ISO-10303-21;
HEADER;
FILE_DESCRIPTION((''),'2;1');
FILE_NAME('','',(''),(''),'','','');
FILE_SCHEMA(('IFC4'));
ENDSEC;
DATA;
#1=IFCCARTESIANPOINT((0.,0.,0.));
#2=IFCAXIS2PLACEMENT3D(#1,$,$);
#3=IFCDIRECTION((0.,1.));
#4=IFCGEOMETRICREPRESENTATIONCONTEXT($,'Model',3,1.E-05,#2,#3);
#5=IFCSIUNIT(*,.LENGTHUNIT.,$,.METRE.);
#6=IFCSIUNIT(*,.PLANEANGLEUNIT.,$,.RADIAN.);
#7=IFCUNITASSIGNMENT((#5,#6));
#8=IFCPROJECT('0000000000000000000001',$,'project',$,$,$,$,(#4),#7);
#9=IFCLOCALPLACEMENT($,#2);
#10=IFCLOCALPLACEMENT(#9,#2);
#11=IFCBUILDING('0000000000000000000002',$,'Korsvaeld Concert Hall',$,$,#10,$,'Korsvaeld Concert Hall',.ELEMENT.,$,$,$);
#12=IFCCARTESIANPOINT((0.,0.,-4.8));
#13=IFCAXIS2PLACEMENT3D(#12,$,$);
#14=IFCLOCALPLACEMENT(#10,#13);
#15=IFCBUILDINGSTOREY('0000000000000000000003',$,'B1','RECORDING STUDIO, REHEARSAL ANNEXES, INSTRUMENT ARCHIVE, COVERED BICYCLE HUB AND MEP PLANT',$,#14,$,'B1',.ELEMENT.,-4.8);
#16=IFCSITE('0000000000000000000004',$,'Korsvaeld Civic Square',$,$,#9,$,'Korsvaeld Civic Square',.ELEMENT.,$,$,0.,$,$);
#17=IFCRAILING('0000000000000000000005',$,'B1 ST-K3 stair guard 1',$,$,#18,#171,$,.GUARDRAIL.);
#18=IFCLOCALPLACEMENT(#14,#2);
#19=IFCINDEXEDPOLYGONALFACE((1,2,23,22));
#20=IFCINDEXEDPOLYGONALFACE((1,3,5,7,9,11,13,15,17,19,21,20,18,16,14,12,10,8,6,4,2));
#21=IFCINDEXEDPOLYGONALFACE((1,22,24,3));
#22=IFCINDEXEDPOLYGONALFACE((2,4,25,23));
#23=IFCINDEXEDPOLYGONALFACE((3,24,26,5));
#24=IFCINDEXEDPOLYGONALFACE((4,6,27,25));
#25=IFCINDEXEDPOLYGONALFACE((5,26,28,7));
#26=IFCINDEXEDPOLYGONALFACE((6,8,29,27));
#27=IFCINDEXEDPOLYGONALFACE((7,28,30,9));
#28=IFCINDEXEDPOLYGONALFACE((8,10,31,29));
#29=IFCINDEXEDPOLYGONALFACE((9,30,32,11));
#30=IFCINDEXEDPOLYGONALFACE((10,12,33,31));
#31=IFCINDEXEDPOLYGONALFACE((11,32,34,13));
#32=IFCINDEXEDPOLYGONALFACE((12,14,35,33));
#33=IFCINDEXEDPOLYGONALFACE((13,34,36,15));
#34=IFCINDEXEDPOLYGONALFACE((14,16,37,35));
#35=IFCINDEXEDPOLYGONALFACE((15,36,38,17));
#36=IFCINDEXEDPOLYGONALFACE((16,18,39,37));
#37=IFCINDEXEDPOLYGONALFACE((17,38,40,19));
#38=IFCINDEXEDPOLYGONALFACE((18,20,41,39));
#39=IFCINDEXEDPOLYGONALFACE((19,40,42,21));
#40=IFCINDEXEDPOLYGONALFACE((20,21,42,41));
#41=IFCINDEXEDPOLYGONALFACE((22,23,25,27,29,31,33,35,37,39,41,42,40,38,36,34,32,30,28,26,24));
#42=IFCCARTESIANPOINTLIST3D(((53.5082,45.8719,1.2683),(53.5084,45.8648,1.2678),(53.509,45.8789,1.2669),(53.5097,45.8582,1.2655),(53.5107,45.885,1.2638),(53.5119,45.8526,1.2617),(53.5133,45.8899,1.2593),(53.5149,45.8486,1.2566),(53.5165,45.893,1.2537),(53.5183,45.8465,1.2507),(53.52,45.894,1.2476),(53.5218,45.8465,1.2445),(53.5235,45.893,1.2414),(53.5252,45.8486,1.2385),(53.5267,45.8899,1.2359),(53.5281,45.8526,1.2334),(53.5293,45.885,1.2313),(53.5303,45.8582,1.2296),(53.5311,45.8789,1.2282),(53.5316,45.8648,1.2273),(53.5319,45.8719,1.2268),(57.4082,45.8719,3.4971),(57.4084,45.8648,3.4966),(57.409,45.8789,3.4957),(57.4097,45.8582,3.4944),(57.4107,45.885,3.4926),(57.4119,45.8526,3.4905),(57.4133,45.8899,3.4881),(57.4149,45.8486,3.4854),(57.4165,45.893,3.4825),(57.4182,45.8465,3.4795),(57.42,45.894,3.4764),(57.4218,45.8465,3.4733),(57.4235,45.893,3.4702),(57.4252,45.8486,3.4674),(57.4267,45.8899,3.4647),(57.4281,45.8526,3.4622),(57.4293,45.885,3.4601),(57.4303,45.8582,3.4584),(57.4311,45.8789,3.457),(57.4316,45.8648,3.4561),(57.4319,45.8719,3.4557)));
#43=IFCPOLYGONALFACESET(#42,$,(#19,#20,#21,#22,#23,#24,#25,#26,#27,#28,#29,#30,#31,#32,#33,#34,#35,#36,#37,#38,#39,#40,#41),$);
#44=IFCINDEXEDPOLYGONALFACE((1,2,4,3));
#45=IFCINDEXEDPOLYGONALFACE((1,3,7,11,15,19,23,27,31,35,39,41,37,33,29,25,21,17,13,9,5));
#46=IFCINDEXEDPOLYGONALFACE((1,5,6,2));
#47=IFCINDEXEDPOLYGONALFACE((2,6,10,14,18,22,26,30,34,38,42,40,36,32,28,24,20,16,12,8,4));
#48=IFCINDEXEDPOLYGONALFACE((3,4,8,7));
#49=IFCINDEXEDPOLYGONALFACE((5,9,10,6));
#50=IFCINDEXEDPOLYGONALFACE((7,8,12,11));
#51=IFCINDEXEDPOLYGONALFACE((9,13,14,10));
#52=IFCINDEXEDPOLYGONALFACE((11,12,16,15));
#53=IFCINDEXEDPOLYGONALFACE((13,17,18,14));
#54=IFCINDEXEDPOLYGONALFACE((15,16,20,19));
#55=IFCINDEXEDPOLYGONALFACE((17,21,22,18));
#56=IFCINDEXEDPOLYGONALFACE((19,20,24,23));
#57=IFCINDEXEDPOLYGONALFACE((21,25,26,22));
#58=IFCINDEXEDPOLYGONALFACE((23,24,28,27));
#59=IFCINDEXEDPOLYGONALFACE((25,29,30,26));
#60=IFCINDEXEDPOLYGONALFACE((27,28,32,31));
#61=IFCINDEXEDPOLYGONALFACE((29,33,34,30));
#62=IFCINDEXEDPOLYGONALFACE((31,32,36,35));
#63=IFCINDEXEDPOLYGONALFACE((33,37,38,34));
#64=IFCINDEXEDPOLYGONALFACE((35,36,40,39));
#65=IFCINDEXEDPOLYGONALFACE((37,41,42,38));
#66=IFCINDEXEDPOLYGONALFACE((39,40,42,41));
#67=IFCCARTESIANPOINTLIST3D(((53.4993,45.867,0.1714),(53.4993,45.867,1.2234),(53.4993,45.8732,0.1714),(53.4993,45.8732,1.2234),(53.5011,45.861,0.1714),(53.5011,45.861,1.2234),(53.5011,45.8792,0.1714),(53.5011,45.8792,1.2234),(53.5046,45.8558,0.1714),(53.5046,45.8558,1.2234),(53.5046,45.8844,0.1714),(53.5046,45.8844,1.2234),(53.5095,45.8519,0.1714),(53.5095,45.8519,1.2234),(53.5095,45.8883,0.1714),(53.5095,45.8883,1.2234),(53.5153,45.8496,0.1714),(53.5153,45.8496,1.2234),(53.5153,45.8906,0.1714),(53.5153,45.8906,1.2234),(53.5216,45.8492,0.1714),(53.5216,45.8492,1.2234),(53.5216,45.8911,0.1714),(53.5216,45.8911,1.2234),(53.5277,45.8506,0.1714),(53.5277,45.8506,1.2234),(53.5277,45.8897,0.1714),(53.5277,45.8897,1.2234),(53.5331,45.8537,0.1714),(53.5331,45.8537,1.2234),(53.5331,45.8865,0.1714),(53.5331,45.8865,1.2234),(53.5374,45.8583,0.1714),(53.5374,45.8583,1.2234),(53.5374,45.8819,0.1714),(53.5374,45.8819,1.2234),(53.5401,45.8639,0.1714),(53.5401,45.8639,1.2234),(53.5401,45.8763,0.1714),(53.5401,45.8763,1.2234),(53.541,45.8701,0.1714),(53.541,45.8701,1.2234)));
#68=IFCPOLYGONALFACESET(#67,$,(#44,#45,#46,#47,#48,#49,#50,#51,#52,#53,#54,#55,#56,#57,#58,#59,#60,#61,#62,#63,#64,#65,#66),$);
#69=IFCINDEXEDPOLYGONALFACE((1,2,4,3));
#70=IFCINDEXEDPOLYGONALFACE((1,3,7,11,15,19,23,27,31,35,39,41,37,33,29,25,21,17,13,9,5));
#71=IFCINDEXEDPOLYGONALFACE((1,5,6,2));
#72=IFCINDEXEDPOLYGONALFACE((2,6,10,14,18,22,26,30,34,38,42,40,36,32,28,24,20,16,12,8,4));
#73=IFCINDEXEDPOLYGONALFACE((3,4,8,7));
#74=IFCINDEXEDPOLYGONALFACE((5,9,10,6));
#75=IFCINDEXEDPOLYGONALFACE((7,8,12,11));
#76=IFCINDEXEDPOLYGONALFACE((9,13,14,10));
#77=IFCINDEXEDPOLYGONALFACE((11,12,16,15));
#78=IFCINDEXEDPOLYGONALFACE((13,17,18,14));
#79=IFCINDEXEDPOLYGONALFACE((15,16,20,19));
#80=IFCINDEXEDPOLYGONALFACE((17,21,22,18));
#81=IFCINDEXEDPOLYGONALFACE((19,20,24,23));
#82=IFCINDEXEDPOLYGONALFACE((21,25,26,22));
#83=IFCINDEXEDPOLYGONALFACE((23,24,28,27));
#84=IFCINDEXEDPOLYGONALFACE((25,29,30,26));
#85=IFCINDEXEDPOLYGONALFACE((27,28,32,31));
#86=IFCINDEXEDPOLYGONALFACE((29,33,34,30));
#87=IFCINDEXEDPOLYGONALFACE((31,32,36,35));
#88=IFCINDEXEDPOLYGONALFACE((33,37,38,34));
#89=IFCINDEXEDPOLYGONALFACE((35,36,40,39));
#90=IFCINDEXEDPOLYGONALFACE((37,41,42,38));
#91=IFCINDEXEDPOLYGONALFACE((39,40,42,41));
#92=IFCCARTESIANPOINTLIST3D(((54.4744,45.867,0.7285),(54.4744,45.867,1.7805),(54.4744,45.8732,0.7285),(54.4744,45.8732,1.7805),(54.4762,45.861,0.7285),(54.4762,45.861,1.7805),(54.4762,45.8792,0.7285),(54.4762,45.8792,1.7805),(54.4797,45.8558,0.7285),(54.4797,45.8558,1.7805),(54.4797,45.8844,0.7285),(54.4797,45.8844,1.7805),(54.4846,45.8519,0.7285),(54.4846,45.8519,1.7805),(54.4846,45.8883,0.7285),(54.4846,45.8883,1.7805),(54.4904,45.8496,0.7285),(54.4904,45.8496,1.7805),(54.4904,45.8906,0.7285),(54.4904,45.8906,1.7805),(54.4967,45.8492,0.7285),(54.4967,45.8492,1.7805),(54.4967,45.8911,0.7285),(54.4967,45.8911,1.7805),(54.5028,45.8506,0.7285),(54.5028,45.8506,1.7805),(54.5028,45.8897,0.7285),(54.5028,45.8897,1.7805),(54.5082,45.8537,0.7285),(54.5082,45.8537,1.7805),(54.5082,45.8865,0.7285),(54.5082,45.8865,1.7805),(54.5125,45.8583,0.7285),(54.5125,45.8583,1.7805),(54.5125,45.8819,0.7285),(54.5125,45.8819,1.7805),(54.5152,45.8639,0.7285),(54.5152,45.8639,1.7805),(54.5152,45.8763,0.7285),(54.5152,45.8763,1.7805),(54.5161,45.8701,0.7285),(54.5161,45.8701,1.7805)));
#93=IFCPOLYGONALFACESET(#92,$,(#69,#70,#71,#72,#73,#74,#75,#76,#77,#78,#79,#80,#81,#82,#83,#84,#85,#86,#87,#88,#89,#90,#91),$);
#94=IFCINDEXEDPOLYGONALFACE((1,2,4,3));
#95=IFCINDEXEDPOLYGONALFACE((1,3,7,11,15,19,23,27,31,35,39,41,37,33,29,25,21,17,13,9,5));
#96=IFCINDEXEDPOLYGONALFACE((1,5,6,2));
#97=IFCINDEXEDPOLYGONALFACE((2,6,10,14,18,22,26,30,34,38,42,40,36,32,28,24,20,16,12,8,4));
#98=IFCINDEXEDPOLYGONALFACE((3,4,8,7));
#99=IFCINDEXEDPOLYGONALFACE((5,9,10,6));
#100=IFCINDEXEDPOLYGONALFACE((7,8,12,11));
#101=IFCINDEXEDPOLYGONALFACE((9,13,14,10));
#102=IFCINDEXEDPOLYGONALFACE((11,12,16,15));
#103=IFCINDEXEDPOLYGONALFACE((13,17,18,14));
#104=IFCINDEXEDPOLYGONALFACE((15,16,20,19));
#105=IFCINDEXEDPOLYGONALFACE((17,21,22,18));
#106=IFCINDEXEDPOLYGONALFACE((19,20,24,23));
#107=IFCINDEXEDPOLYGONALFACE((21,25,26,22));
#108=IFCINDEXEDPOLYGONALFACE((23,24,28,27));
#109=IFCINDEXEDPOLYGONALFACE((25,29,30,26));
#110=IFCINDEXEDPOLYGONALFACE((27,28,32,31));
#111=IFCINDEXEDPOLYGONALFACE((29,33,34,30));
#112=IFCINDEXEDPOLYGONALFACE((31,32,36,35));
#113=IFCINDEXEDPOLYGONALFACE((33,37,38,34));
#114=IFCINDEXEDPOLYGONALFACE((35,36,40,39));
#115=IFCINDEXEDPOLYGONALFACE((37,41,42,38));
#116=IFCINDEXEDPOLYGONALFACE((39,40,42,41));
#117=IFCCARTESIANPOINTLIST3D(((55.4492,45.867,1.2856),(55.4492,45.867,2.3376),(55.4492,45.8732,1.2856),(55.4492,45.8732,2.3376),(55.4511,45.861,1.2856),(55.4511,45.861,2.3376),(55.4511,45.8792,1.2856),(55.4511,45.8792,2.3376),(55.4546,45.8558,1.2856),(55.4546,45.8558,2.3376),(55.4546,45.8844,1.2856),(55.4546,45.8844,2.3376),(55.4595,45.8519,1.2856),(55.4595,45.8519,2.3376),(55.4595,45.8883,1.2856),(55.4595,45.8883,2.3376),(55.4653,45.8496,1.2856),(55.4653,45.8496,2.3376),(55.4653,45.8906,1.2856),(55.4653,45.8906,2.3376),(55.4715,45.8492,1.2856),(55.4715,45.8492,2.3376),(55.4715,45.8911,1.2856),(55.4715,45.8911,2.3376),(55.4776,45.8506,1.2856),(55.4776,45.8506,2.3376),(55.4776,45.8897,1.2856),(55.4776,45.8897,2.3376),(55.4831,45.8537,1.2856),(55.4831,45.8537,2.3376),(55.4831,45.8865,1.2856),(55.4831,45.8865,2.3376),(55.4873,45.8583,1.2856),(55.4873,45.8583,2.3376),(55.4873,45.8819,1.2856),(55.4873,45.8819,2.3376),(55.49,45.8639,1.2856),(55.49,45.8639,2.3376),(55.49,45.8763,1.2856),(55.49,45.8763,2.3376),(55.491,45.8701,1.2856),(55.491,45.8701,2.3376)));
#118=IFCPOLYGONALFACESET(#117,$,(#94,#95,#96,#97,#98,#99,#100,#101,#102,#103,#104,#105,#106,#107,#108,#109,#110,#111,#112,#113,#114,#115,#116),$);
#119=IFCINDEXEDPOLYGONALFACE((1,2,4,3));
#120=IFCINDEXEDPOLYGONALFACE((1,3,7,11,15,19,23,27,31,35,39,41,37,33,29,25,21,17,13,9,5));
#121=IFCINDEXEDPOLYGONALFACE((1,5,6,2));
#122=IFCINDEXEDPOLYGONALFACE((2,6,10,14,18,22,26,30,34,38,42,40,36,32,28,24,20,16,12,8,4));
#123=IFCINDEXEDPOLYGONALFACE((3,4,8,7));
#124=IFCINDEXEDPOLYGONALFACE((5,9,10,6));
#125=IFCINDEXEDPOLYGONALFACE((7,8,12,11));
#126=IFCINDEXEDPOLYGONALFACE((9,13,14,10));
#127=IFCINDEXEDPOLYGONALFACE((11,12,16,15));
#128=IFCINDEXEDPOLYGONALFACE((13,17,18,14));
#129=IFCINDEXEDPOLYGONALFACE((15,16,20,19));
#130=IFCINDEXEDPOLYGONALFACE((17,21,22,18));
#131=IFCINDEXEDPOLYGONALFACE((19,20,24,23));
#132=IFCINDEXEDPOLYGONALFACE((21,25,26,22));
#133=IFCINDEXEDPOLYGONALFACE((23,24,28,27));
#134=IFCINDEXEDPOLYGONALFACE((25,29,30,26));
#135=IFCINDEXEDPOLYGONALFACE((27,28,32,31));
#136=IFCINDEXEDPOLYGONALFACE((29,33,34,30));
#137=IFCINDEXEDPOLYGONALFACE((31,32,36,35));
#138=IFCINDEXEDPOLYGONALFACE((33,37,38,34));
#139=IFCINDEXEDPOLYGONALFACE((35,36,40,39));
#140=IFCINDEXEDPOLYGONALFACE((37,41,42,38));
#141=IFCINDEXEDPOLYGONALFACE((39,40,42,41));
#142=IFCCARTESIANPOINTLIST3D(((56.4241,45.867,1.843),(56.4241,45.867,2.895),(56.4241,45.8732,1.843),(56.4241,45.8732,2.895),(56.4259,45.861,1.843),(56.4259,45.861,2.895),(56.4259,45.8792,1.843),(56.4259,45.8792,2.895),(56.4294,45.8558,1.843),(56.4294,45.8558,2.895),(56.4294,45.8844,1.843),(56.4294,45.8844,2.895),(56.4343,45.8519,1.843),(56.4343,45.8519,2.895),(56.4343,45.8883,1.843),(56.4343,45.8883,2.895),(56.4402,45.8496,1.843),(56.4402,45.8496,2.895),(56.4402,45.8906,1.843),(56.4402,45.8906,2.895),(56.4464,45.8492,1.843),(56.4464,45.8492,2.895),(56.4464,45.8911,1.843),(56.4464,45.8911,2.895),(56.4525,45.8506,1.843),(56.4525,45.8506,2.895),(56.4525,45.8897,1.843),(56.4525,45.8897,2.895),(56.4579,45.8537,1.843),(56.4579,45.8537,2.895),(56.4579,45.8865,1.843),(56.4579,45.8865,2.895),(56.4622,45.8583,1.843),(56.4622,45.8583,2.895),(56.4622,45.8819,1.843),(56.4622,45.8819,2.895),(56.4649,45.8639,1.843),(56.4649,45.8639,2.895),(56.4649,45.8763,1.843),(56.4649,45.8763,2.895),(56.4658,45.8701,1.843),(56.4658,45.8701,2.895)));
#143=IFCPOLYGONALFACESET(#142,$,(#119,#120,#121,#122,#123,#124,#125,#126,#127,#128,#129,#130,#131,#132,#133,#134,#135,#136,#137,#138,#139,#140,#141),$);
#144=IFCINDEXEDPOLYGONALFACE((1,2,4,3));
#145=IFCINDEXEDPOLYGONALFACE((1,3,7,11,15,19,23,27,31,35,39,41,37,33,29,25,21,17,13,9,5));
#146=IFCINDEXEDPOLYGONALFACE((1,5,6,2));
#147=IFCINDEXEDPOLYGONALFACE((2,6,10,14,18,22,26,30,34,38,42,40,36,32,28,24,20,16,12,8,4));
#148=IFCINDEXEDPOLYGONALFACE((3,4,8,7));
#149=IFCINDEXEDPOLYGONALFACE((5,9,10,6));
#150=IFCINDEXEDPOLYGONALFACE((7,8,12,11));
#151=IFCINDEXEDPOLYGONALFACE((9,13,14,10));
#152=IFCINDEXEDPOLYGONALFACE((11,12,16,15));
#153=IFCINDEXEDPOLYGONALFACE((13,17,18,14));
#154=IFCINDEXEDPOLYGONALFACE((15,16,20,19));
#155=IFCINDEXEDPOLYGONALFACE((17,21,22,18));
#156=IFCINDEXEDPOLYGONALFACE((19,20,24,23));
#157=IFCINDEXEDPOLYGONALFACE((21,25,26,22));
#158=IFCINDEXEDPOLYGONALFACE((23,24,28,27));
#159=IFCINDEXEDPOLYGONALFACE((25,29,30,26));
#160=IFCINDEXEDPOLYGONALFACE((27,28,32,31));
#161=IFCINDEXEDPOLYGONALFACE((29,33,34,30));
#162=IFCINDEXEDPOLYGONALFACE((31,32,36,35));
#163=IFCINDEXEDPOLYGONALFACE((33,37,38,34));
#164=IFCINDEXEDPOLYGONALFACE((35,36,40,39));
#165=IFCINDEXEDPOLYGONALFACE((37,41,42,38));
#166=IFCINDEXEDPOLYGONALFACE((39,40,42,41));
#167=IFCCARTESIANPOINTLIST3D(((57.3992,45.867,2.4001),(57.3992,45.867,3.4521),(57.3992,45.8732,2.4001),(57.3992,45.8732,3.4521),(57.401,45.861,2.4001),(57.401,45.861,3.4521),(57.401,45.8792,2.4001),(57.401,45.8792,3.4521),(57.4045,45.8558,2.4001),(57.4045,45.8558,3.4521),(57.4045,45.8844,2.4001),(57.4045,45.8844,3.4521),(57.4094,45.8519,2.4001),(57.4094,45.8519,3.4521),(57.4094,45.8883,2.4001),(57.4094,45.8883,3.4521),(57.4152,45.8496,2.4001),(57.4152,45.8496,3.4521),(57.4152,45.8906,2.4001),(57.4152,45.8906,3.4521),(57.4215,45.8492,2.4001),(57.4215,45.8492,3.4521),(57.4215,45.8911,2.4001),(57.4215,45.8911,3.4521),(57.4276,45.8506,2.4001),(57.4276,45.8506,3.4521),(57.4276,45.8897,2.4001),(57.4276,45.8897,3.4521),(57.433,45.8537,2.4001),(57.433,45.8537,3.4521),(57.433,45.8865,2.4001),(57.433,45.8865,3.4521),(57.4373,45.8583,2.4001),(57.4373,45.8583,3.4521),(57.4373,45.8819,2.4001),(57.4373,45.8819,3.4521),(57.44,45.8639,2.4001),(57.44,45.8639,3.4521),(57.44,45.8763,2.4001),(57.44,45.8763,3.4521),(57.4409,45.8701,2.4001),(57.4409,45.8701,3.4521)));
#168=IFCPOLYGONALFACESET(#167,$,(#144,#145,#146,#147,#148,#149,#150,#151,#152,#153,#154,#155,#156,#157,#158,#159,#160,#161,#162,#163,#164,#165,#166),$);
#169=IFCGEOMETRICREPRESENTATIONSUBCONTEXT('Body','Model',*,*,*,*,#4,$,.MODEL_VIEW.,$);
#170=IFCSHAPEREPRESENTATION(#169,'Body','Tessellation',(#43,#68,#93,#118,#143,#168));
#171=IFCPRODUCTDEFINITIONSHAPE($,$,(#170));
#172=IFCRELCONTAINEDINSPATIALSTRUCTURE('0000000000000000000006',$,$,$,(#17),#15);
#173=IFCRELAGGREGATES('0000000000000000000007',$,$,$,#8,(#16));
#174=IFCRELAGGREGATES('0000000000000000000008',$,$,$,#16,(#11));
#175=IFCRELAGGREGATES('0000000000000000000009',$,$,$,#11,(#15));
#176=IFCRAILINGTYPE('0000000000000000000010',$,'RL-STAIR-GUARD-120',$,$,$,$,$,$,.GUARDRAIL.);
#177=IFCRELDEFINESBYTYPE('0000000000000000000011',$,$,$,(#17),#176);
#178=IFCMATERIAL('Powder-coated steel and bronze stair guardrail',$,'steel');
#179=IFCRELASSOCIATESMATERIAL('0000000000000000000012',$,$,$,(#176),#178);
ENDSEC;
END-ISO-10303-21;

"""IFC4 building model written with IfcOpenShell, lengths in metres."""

from ifc_helpers import new_model, si_unit, direction, frame, origin, origin_2d, place, context, subcontext, project, spatial, circle, extrude, material, type_object, element, save


model = new_model("IFC4")

# Units and contexts
model_context = context("Model", 3, precision=1e-05, world=origin(), true_north=direction((0.0, 1.0)))
body_context = subcontext(model_context, "Body", "Model", "MODEL_VIEW")
ifc_project = project(units=[si_unit("LENGTHUNIT", "METRE"), si_unit("PLANEANGLEUNIT", "RADIAN")], contexts=[model_context])

# Site, building, storey
site_placement = place(None, origin())
site = spatial("IfcSite", under=ifc_project, at=site_placement, Name="Korsvaeld Civic Square", LongName="Korsvaeld Civic Square", CompositionType="ELEMENT", RefElevation=0.0)
building_placement = place(site_placement, origin())
building = spatial("IfcBuilding", under=site, at=building_placement, Name="Korsvaeld Concert Hall", LongName="Korsvaeld Concert Hall", CompositionType="ELEMENT")
storey_placement = place(building_placement, frame((0.0, 0.0, -4.8)))
storey = spatial("IfcBuildingStorey", under=building, at=storey_placement, Name="B1", Description="RECORDING STUDIO, REHEARSAL ANNEXES, INSTRUMENT ARCHIVE, COVERED BICYCLE HUB AND MEP PLANT", LongName="B1", CompositionType="ELEMENT", Elevation=-4.8)

# Railing
ifc_material_1 = material(Name="Powder-coated steel and bronze stair guardrail", Category="steel")
railing_type_1 = type_object("IfcRailingType", Name="RL-STAIR-GUARD-120", PredefinedType="GUARDRAIL", material=ifc_material_1)
railing_1_placement = place(storey_placement, frame((53.52, 45.8701, 0.1714)))
element("IfcRailing", 1, at=railing_1_placement, inside=storey, type_object=railing_type_1, Name="B1 ST-K3 stair guard 1", PredefinedType="GUARDRAIL", context=body_context, shape_type="SweptSolid", body=[
    extrude(circle(Radius=0.0239, at=origin_2d()), frame((0.0, 0.0, 1.0762), z_axis=(0.86822, 0.0, 0.49618), x_axis=(0.0, 1.0, 0.0)), (0.0, 0.0, 1.0), 4.4919),
    extrude(circle(Radius=0.021, at=origin_2d()), origin(), (0.0, 0.0, 1.0), 1.052),
    extrude(circle(Radius=0.021, at=origin_2d()), frame((0.9751, 0.0, 0.5571)), (0.0, 0.0, 1.0), 1.052),
    extrude(circle(Radius=0.021, at=origin_2d()), frame((1.95, 0.0, 1.1143)), (0.0, 0.0, 1.0), 1.052),
    extrude(circle(Radius=0.021, at=origin_2d()), frame((2.9248, 0.0, 1.6716)), (0.0, 0.0, 1.0), 1.052),
    extrude(circle(Radius=0.021, at=origin_2d()), frame((3.8999, 0.0, 2.2288)), (0.0, 0.0, 1.0), 1.052),
])

save(model, "model.ifc")
